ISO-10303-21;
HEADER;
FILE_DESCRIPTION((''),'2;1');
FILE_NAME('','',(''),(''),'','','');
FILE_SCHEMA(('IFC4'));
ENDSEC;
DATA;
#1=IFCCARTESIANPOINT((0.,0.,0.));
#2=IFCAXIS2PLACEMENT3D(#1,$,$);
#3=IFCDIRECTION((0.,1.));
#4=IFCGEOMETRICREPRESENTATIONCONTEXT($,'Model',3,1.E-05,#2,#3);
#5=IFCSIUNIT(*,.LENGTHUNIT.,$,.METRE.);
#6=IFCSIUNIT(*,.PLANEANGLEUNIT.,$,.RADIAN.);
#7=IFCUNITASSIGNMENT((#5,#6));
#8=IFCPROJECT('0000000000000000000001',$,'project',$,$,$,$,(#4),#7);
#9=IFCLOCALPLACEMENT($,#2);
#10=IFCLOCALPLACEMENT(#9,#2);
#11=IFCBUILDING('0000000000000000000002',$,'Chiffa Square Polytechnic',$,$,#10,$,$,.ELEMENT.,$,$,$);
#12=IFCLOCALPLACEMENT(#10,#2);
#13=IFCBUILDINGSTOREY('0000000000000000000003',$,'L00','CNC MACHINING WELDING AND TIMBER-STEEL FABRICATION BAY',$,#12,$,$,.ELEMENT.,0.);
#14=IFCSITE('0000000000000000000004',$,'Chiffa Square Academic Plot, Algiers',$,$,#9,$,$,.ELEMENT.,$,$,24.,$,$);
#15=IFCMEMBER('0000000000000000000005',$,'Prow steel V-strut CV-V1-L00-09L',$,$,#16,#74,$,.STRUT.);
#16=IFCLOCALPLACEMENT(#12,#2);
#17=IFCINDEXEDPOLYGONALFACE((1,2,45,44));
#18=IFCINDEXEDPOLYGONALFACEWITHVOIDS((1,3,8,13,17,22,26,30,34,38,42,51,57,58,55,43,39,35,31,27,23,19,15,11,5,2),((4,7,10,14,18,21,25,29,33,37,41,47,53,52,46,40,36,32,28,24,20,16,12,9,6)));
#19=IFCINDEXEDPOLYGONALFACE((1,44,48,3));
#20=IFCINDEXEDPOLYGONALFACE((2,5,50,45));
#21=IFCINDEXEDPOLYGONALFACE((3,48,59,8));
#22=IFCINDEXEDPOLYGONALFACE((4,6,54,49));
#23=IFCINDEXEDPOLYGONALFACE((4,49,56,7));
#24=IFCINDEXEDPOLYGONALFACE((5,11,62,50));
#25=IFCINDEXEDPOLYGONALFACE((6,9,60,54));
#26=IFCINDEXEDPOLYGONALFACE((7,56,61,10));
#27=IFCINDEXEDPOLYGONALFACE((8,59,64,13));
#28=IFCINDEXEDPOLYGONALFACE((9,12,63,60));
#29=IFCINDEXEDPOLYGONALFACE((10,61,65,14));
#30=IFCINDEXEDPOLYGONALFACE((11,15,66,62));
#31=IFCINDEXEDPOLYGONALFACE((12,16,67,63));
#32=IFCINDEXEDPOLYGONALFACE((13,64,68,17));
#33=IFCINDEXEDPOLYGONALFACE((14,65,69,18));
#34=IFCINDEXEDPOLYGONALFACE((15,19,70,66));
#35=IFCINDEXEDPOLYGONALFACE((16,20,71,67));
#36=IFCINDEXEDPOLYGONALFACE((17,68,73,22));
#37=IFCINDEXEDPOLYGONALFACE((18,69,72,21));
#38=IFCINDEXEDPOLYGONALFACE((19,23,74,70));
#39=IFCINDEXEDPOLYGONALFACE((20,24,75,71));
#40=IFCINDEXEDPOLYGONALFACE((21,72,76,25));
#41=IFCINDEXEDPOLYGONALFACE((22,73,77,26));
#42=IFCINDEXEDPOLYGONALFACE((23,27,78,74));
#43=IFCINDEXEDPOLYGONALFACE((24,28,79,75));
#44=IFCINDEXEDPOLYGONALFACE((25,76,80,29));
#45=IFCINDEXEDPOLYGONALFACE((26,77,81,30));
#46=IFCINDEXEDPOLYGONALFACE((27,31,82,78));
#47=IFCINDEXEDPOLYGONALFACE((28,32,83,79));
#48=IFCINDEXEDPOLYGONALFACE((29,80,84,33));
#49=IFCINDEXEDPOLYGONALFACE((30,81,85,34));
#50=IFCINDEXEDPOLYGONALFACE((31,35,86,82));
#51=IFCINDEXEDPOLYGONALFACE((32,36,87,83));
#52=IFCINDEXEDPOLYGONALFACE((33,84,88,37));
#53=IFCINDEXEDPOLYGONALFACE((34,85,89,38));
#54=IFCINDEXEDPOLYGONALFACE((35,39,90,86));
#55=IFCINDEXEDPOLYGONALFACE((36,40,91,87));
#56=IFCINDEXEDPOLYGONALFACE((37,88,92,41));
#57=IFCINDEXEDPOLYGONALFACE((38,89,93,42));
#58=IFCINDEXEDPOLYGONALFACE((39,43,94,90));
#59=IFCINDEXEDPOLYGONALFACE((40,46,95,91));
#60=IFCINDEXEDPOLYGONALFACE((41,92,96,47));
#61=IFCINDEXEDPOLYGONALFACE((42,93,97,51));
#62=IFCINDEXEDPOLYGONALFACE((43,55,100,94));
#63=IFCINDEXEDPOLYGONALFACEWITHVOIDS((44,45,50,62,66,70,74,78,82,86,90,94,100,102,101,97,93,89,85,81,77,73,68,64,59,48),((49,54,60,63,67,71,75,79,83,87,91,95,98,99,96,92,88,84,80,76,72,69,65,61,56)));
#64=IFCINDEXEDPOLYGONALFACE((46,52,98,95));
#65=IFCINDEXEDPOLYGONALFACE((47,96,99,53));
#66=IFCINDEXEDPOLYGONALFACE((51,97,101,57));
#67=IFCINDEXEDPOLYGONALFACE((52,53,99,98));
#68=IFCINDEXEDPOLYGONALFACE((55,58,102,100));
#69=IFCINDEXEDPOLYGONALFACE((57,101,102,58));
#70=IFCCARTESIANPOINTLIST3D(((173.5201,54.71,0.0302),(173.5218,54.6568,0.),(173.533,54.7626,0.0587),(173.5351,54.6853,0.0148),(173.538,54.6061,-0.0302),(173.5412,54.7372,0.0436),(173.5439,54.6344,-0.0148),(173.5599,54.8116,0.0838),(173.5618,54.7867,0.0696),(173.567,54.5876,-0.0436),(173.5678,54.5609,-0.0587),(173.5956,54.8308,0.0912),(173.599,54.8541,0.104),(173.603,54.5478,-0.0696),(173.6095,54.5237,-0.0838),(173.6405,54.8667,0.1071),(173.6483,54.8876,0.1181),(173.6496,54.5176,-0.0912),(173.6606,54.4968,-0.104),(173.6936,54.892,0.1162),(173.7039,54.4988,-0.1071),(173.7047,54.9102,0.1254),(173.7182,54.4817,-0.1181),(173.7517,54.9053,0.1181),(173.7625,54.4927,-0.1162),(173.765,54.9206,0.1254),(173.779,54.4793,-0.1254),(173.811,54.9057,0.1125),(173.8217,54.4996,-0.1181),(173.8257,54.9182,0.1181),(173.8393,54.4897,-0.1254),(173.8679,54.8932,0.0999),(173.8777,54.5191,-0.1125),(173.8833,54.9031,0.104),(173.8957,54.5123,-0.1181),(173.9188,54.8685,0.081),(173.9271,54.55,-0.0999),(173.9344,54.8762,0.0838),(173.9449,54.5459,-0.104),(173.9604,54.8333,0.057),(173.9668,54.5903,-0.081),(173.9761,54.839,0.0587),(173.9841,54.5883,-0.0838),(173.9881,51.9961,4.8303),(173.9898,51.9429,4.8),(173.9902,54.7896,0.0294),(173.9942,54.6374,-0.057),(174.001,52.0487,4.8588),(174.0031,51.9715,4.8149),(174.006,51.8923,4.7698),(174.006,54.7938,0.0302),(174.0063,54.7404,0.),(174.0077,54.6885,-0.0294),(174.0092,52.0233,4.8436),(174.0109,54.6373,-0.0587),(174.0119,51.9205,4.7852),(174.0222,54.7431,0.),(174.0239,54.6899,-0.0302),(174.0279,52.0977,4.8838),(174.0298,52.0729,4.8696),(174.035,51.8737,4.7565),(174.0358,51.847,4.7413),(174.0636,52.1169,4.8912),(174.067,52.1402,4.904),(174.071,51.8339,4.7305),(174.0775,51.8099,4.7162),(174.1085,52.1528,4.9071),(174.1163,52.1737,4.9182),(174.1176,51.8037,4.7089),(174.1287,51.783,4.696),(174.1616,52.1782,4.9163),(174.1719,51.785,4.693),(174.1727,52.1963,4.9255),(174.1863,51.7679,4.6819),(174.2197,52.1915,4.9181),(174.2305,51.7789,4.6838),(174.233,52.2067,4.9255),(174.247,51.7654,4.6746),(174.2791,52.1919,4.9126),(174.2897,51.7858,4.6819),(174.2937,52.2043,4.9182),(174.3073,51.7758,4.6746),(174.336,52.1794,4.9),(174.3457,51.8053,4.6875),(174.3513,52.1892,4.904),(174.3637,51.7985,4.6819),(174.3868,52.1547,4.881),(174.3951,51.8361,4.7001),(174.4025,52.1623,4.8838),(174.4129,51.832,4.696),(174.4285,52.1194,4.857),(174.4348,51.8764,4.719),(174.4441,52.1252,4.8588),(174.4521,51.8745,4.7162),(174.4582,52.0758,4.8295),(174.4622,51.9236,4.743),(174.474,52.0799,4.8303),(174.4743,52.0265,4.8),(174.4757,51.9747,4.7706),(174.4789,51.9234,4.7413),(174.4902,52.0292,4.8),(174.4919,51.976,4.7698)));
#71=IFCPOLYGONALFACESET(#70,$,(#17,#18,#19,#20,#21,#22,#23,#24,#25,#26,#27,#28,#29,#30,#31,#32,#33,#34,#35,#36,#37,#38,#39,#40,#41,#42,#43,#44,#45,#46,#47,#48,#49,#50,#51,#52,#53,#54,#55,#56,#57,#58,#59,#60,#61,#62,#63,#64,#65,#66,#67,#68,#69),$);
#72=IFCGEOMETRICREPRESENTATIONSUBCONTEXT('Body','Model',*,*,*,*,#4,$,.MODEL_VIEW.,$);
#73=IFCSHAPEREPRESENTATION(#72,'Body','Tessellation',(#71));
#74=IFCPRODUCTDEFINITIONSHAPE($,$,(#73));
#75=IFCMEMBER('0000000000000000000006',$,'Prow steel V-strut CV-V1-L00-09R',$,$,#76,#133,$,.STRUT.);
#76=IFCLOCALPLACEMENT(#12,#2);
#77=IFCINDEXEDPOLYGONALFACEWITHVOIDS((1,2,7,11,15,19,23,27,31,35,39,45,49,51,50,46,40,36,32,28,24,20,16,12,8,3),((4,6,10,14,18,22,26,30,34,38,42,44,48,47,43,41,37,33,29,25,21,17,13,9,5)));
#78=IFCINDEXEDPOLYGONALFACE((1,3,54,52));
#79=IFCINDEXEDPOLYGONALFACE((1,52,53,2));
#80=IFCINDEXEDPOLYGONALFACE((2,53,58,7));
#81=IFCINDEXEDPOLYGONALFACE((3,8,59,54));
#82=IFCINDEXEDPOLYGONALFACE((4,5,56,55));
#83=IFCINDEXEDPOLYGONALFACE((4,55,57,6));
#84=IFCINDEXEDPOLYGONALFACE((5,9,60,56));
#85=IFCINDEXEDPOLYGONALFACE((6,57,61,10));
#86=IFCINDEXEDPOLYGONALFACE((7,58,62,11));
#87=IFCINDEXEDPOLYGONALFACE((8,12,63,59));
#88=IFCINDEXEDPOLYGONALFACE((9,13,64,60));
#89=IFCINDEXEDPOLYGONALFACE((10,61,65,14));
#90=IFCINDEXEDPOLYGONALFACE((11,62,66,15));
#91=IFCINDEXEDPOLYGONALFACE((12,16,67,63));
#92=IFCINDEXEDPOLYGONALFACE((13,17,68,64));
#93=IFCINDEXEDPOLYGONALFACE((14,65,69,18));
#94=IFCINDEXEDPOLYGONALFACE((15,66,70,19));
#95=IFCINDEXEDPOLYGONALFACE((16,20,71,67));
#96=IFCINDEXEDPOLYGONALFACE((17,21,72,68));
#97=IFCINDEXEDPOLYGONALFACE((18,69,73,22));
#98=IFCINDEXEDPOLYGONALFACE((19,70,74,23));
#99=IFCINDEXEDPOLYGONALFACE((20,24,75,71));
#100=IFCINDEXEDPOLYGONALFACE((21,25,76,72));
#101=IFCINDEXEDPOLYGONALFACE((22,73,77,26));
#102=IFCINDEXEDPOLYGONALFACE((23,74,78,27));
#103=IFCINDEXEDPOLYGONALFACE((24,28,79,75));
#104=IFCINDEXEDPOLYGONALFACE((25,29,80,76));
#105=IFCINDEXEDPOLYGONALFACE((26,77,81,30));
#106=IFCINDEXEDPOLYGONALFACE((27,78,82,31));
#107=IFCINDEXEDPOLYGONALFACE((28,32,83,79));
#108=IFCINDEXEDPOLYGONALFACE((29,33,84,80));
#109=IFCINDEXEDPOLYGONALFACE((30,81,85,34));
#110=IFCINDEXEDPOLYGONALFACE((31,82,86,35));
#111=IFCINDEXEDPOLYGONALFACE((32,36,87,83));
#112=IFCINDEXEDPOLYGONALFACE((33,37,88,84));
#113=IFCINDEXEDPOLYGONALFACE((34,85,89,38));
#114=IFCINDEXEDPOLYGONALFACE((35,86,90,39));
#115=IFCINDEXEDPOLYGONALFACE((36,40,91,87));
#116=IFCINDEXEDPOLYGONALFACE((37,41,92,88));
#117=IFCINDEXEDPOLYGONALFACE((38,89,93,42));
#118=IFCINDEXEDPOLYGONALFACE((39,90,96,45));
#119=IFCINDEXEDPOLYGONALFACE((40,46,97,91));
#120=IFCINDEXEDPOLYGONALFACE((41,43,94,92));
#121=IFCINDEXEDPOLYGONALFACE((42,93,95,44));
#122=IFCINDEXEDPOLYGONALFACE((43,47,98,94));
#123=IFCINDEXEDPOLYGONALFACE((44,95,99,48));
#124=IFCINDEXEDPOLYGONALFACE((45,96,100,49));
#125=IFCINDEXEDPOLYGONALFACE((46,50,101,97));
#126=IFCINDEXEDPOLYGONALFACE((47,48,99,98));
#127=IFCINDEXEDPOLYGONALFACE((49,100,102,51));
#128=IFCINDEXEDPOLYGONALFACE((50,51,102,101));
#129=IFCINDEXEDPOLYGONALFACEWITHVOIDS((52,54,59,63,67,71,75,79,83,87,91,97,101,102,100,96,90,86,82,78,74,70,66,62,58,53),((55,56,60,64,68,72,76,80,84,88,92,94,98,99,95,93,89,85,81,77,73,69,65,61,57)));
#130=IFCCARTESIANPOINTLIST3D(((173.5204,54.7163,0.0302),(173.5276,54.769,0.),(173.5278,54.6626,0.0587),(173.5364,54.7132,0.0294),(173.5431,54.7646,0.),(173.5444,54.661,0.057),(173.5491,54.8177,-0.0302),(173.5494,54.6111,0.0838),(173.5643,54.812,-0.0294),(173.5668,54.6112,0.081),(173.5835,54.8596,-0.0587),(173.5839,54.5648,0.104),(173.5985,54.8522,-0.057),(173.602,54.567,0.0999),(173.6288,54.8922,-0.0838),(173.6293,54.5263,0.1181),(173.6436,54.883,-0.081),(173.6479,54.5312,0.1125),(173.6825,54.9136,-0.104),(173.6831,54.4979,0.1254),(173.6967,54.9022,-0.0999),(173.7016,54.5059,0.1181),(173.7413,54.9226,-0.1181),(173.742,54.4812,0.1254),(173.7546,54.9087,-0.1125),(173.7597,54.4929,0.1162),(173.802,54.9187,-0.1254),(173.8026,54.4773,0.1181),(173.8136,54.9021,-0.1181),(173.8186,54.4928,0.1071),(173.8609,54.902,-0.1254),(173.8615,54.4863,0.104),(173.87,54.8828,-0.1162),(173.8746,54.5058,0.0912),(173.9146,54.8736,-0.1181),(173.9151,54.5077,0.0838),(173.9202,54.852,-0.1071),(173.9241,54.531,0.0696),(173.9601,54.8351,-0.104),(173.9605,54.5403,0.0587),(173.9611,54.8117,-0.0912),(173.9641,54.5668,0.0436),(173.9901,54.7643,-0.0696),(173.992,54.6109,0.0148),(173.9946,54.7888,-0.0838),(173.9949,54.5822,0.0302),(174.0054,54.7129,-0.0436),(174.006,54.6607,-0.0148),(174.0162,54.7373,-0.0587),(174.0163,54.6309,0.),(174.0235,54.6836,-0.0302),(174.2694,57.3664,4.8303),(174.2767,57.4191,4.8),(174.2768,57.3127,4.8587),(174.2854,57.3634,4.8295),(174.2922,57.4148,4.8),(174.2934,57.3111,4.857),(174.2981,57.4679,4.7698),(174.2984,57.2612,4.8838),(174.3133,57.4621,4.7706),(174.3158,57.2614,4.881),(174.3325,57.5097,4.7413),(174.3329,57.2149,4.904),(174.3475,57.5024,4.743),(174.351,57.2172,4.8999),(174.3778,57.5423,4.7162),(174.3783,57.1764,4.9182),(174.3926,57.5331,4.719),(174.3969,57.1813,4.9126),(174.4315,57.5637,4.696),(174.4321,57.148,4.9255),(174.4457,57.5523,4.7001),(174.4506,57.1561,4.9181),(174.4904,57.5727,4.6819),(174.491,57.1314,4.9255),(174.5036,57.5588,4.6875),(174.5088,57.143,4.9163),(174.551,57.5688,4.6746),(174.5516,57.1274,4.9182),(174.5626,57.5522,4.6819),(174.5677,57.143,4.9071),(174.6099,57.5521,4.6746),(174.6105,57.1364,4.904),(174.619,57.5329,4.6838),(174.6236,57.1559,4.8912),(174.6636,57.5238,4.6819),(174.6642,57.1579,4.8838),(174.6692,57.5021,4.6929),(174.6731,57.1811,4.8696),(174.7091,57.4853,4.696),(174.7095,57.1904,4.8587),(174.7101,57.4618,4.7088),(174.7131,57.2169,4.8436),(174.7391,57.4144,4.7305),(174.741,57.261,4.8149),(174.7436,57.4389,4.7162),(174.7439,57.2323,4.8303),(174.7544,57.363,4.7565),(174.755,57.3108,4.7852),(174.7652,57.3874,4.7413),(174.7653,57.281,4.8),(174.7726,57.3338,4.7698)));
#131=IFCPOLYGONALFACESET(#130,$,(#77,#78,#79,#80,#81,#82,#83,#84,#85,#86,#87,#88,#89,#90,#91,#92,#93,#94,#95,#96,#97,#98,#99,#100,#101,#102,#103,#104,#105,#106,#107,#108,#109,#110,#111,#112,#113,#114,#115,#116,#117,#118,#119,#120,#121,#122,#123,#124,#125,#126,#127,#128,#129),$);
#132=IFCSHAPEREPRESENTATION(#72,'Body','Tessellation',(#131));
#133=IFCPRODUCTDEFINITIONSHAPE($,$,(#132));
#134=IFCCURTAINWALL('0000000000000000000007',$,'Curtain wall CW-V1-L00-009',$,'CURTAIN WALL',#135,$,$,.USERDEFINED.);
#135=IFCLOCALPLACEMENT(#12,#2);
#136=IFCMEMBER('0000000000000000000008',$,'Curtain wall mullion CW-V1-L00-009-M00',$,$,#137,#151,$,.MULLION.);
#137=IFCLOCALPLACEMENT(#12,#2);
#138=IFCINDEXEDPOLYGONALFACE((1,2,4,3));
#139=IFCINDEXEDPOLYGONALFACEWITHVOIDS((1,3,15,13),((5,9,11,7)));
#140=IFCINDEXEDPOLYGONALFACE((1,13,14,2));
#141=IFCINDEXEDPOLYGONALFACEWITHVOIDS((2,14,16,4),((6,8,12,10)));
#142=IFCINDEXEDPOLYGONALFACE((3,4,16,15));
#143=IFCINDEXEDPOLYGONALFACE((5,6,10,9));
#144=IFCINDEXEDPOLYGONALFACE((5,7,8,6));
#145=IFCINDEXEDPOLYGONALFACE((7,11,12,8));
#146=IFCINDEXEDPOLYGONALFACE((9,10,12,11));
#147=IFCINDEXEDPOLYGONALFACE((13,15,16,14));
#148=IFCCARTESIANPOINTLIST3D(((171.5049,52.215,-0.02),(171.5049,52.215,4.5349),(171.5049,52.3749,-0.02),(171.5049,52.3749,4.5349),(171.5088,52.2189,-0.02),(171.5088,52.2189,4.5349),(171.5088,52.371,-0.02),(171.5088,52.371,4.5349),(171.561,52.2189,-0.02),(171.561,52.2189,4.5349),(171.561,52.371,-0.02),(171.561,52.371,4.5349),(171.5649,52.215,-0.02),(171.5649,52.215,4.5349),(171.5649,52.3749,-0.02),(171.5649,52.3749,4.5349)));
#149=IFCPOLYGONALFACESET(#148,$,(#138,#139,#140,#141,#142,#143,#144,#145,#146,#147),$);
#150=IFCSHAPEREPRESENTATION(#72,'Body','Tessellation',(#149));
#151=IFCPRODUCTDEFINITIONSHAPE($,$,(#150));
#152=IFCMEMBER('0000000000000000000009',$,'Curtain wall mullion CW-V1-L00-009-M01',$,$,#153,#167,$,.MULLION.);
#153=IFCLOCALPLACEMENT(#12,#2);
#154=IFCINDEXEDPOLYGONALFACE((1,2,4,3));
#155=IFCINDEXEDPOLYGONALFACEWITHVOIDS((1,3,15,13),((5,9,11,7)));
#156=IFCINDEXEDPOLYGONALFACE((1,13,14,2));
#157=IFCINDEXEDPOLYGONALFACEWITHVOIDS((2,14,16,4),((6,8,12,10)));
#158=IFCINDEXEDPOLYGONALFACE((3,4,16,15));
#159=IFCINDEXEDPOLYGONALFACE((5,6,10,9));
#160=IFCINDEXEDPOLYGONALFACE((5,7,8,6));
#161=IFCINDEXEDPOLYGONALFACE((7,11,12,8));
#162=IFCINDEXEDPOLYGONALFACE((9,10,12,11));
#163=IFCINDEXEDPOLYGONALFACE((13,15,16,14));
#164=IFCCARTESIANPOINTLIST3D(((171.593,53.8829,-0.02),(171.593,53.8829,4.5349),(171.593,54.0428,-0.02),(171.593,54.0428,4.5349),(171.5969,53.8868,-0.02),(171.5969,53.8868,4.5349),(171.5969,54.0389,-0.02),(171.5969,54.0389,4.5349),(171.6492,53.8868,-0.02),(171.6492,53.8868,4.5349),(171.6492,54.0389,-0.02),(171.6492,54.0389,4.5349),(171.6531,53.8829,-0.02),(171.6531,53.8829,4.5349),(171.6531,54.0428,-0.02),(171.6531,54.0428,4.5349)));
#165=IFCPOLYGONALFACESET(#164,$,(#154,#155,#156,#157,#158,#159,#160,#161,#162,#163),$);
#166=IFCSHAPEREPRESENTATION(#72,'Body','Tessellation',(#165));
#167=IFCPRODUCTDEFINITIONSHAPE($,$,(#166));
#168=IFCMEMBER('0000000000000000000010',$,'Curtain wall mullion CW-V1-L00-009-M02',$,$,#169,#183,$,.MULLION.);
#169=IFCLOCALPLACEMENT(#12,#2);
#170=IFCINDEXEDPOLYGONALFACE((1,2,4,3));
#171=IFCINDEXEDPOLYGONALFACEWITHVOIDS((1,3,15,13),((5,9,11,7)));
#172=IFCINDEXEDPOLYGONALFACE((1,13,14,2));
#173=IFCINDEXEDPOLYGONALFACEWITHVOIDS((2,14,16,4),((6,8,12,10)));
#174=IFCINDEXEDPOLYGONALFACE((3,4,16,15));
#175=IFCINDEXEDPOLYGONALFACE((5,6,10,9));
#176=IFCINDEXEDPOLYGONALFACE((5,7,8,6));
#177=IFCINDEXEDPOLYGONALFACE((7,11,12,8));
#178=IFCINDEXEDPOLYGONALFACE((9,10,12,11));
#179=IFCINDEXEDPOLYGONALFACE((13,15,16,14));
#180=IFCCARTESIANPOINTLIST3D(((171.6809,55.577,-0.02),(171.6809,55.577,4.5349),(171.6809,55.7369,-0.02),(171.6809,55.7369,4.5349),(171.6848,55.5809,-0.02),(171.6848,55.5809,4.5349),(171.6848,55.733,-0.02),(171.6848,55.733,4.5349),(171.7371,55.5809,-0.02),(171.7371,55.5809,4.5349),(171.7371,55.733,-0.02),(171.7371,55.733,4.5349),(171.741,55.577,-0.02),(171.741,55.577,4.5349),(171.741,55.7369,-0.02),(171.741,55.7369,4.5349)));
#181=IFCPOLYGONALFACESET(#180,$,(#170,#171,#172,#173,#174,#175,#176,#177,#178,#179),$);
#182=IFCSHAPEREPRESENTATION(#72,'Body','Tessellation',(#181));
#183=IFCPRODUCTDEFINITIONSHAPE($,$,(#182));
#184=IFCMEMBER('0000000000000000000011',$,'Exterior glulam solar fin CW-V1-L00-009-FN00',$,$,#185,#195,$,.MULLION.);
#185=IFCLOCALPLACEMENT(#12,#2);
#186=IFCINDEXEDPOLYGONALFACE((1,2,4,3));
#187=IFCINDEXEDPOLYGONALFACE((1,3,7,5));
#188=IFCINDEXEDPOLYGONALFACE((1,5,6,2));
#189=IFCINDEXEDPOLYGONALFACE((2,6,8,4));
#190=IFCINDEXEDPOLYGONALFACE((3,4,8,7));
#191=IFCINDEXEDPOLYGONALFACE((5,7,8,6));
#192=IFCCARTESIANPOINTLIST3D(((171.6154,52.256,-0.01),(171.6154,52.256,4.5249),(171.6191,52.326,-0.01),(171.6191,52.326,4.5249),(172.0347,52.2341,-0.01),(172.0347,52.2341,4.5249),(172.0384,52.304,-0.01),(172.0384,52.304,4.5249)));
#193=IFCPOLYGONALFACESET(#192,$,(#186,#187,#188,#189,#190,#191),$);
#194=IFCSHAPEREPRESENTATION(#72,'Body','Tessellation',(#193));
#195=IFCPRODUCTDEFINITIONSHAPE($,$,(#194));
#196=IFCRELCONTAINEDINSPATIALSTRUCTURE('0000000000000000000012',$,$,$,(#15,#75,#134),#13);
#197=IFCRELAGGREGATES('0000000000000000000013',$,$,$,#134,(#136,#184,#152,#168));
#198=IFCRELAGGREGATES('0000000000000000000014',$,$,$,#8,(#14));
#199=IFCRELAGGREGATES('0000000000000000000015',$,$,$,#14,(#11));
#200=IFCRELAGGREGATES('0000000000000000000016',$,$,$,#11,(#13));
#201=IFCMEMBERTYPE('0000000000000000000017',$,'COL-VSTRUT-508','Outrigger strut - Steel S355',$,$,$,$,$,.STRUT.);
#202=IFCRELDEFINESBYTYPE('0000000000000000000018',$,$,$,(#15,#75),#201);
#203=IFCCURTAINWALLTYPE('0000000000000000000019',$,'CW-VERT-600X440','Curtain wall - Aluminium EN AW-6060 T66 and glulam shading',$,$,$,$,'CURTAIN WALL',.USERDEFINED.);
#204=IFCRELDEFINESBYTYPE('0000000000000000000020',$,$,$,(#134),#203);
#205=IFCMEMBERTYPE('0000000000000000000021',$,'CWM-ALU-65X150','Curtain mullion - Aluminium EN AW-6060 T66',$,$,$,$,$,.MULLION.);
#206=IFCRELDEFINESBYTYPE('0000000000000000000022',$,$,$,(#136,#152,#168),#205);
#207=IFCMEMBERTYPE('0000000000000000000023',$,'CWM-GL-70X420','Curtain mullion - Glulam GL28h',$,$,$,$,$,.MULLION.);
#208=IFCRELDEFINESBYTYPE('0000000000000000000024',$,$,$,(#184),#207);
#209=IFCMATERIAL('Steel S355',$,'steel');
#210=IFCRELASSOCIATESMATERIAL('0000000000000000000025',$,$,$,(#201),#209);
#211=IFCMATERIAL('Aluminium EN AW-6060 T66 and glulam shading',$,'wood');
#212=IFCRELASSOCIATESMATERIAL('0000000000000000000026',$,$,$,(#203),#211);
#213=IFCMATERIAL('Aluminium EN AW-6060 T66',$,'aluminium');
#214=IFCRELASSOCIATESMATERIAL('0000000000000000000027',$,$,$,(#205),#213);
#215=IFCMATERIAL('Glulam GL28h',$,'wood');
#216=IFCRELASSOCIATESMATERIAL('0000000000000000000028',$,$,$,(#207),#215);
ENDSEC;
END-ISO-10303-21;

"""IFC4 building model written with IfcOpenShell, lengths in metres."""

from ifc_helpers import new_model, si_unit, direction, frame, origin, origin_2d, place, context, subcontext, project, spatial, rectangle, hollow_rectangle, hollow_circle, extrude, material, material_profile, profile_set, type_object, element, aggregate, save


model = new_model("IFC4")

# Units and contexts
model_context = context("Model", 3, precision=1e-05, world=origin(), true_north=direction((0.0, 1.0)))
body_context = subcontext(model_context, "Body", "Model", "MODEL_VIEW")
ifc_project = project(units=[si_unit("LENGTHUNIT", "METRE"), si_unit("PLANEANGLEUNIT", "RADIAN")], contexts=[model_context])

# Site, building, storey
site_placement = place(None, origin())
site = spatial("IfcSite", under=ifc_project, at=site_placement, Name="Chiffa Square Academic Plot, Algiers", CompositionType="ELEMENT", RefElevation=24.0)
building_placement = place(site_placement, origin())
building = spatial("IfcBuilding", under=site, at=building_placement, Name="Chiffa Square Polytechnic", CompositionType="ELEMENT")
storey_placement = place(building_placement, origin())
storey = spatial("IfcBuildingStorey", under=building, at=storey_placement, Name="L00", Description="CNC MACHINING WELDING AND TIMBER-STEEL FABRICATION BAY", CompositionType="ELEMENT", Elevation=0.0)

# Members
ifc_material_1 = material(Name="Steel S355", Category="steel")
ifc_material_profile_1 = material_profile(ifc_material_1, hollow_circle(Radius=0.2539, WallThickness=0.0161, at=origin_2d()), Name="CHS 508x16")
ifc_profile_set_1 = profile_set([ifc_material_profile_1], Name="Steel S355")
member_type_1 = type_object("IfcMemberType", Name="COL-VSTRUT-508", Description="Outrigger strut - Steel S355", PredefinedType="STRUT", material=ifc_profile_set_1)
for number, where, z_axis, x_axis, name in (
    (1, (173.772, 54.7, 0.0), (0.084572, -0.490403, 0.867382), (0.985453, 0.169946, 0.0), "Prow steel V-strut CV-V1-L00-09L"),
    (2, (173.772, 54.7, 0.0), (0.13535, 0.478887, 0.86738), (-0.962303, 0.27198, 0.0), "Prow steel V-strut CV-V1-L00-09R"),
):
    element("IfcMember", number, at=place(storey_placement, frame(where, z_axis=z_axis, x_axis=x_axis)), inside=storey, type_object=member_type_1, Name=name, PredefinedType="STRUT", context=body_context, shape_type="SweptSolid", body=[
        extrude(hollow_circle(Radius=0.2539, WallThickness=0.0161, at=origin_2d()), origin(), (0.0, 0.0, 1.0), 5.5339),
    ])

# Curtain wall, members
ifc_material_2 = material(Name="Aluminium EN AW-6060 T66 and glulam shading", Category="wood")
curtain_wall_type = type_object("IfcCurtainWallType", Name="CW-VERT-600X440", Description="Curtain wall - Aluminium EN AW-6060 T66 and glulam shading", ElementType="CURTAIN WALL", PredefinedType="USERDEFINED", material=ifc_material_2)
curtain_wall_placement = place(storey_placement, origin())
curtain_wall = element("IfcCurtainWall", 3, at=curtain_wall_placement, inside=storey, type_object=curtain_wall_type, Name="Curtain wall CW-V1-L00-009", ObjectType="CURTAIN WALL", PredefinedType="USERDEFINED")
ifc_material_3 = material(Name="Aluminium EN AW-6060 T66", Category="aluminium")
ifc_material_profile_2 = material_profile(ifc_material_3, hollow_rectangle(XDim=0.0601, YDim=0.1599, WallThickness=0.0039, at=origin_2d()), Name="ALU 60x160x4")
ifc_profile_set_2 = profile_set([ifc_material_profile_2], Name="Aluminium EN AW-6060 T66")
member_type_2 = type_object("IfcMemberType", Name="CWM-ALU-65X150", Description="Curtain mullion - Aluminium EN AW-6060 T66", PredefinedType="MULLION", material=ifc_profile_set_2)
member_1_placement = place(storey_placement, frame((171.5349, 52.2949, -0.02), z_axis=(0.0, 0.0, 1.0), x_axis=(1.0, 0.0, 0.0)))
member_1 = element("IfcMember", 4, at=member_1_placement, type_object=member_type_2, Name="Curtain wall mullion CW-V1-L00-009-M00", PredefinedType="MULLION", context=body_context, shape_type="SweptSolid", body=[
    extrude(hollow_rectangle(XDim=0.0601, YDim=0.1599, WallThickness=0.0039, at=origin_2d()), origin(), (0.0, 0.0, 1.0), 4.5549),
])
member_2_placement = place(storey_placement, frame((171.623, 53.9629, -0.02), z_axis=(0.0, 0.0, 1.0), x_axis=(1.0, 0.0, 0.0)))
member_2 = element("IfcMember", 5, at=member_2_placement, type_object=member_type_2, Name="Curtain wall mullion CW-V1-L00-009-M01", PredefinedType="MULLION", context=body_context, shape_type="SweptSolid", body=[
    extrude(hollow_rectangle(XDim=0.0601, YDim=0.1599, WallThickness=0.0039, at=origin_2d()), origin(), (0.0, 0.0, 1.0), 4.5549),
])
member_3_placement = place(storey_placement, frame((171.7109, 55.657, -0.02), z_axis=(0.0, 0.0, 1.0), x_axis=(1.0, 0.0, 0.0)))
member_3 = element("IfcMember", 6, at=member_3_placement, type_object=member_type_2, Name="Curtain wall mullion CW-V1-L00-009-M02", PredefinedType="MULLION", context=body_context, shape_type="SweptSolid", body=[
    extrude(hollow_rectangle(XDim=0.0601, YDim=0.1599, WallThickness=0.0039, at=origin_2d()), origin(), (0.0, 0.0, 1.0), 4.5549),
])
ifc_material_4 = material(Name="Glulam GL28h", Category="wood")
ifc_material_profile_3 = material_profile(ifc_material_4, rectangle(XDim=0.0701, YDim=0.4199, at=origin_2d()), Name="GL28h 70x420")
ifc_profile_set_3 = profile_set([ifc_material_profile_3], Name="Glulam GL28h")
member_type_3 = type_object("IfcMemberType", Name="CWM-GL-70X420", Description="Curtain mullion - Glulam GL28h", PredefinedType="MULLION", material=ifc_profile_set_3)
member_4_placement = place(storey_placement, frame((171.8269, 52.28, -0.01), z_axis=(0.0, 0.0, 1.0), x_axis=(0.052284, 0.998632, 0.0)))
member_4 = element("IfcMember", 7, at=member_4_placement, type_object=member_type_3, Name="Exterior glulam solar fin CW-V1-L00-009-FN00", PredefinedType="MULLION", context=body_context, shape_type="SweptSolid", body=[
    extrude(rectangle(XDim=0.0701, YDim=0.4199, at=origin_2d()), origin(), (0.0, 0.0, 1.0), 4.5349),
])

aggregate(curtain_wall, [member_1, member_4, member_2, member_3])

save(model, "model.ifc")
